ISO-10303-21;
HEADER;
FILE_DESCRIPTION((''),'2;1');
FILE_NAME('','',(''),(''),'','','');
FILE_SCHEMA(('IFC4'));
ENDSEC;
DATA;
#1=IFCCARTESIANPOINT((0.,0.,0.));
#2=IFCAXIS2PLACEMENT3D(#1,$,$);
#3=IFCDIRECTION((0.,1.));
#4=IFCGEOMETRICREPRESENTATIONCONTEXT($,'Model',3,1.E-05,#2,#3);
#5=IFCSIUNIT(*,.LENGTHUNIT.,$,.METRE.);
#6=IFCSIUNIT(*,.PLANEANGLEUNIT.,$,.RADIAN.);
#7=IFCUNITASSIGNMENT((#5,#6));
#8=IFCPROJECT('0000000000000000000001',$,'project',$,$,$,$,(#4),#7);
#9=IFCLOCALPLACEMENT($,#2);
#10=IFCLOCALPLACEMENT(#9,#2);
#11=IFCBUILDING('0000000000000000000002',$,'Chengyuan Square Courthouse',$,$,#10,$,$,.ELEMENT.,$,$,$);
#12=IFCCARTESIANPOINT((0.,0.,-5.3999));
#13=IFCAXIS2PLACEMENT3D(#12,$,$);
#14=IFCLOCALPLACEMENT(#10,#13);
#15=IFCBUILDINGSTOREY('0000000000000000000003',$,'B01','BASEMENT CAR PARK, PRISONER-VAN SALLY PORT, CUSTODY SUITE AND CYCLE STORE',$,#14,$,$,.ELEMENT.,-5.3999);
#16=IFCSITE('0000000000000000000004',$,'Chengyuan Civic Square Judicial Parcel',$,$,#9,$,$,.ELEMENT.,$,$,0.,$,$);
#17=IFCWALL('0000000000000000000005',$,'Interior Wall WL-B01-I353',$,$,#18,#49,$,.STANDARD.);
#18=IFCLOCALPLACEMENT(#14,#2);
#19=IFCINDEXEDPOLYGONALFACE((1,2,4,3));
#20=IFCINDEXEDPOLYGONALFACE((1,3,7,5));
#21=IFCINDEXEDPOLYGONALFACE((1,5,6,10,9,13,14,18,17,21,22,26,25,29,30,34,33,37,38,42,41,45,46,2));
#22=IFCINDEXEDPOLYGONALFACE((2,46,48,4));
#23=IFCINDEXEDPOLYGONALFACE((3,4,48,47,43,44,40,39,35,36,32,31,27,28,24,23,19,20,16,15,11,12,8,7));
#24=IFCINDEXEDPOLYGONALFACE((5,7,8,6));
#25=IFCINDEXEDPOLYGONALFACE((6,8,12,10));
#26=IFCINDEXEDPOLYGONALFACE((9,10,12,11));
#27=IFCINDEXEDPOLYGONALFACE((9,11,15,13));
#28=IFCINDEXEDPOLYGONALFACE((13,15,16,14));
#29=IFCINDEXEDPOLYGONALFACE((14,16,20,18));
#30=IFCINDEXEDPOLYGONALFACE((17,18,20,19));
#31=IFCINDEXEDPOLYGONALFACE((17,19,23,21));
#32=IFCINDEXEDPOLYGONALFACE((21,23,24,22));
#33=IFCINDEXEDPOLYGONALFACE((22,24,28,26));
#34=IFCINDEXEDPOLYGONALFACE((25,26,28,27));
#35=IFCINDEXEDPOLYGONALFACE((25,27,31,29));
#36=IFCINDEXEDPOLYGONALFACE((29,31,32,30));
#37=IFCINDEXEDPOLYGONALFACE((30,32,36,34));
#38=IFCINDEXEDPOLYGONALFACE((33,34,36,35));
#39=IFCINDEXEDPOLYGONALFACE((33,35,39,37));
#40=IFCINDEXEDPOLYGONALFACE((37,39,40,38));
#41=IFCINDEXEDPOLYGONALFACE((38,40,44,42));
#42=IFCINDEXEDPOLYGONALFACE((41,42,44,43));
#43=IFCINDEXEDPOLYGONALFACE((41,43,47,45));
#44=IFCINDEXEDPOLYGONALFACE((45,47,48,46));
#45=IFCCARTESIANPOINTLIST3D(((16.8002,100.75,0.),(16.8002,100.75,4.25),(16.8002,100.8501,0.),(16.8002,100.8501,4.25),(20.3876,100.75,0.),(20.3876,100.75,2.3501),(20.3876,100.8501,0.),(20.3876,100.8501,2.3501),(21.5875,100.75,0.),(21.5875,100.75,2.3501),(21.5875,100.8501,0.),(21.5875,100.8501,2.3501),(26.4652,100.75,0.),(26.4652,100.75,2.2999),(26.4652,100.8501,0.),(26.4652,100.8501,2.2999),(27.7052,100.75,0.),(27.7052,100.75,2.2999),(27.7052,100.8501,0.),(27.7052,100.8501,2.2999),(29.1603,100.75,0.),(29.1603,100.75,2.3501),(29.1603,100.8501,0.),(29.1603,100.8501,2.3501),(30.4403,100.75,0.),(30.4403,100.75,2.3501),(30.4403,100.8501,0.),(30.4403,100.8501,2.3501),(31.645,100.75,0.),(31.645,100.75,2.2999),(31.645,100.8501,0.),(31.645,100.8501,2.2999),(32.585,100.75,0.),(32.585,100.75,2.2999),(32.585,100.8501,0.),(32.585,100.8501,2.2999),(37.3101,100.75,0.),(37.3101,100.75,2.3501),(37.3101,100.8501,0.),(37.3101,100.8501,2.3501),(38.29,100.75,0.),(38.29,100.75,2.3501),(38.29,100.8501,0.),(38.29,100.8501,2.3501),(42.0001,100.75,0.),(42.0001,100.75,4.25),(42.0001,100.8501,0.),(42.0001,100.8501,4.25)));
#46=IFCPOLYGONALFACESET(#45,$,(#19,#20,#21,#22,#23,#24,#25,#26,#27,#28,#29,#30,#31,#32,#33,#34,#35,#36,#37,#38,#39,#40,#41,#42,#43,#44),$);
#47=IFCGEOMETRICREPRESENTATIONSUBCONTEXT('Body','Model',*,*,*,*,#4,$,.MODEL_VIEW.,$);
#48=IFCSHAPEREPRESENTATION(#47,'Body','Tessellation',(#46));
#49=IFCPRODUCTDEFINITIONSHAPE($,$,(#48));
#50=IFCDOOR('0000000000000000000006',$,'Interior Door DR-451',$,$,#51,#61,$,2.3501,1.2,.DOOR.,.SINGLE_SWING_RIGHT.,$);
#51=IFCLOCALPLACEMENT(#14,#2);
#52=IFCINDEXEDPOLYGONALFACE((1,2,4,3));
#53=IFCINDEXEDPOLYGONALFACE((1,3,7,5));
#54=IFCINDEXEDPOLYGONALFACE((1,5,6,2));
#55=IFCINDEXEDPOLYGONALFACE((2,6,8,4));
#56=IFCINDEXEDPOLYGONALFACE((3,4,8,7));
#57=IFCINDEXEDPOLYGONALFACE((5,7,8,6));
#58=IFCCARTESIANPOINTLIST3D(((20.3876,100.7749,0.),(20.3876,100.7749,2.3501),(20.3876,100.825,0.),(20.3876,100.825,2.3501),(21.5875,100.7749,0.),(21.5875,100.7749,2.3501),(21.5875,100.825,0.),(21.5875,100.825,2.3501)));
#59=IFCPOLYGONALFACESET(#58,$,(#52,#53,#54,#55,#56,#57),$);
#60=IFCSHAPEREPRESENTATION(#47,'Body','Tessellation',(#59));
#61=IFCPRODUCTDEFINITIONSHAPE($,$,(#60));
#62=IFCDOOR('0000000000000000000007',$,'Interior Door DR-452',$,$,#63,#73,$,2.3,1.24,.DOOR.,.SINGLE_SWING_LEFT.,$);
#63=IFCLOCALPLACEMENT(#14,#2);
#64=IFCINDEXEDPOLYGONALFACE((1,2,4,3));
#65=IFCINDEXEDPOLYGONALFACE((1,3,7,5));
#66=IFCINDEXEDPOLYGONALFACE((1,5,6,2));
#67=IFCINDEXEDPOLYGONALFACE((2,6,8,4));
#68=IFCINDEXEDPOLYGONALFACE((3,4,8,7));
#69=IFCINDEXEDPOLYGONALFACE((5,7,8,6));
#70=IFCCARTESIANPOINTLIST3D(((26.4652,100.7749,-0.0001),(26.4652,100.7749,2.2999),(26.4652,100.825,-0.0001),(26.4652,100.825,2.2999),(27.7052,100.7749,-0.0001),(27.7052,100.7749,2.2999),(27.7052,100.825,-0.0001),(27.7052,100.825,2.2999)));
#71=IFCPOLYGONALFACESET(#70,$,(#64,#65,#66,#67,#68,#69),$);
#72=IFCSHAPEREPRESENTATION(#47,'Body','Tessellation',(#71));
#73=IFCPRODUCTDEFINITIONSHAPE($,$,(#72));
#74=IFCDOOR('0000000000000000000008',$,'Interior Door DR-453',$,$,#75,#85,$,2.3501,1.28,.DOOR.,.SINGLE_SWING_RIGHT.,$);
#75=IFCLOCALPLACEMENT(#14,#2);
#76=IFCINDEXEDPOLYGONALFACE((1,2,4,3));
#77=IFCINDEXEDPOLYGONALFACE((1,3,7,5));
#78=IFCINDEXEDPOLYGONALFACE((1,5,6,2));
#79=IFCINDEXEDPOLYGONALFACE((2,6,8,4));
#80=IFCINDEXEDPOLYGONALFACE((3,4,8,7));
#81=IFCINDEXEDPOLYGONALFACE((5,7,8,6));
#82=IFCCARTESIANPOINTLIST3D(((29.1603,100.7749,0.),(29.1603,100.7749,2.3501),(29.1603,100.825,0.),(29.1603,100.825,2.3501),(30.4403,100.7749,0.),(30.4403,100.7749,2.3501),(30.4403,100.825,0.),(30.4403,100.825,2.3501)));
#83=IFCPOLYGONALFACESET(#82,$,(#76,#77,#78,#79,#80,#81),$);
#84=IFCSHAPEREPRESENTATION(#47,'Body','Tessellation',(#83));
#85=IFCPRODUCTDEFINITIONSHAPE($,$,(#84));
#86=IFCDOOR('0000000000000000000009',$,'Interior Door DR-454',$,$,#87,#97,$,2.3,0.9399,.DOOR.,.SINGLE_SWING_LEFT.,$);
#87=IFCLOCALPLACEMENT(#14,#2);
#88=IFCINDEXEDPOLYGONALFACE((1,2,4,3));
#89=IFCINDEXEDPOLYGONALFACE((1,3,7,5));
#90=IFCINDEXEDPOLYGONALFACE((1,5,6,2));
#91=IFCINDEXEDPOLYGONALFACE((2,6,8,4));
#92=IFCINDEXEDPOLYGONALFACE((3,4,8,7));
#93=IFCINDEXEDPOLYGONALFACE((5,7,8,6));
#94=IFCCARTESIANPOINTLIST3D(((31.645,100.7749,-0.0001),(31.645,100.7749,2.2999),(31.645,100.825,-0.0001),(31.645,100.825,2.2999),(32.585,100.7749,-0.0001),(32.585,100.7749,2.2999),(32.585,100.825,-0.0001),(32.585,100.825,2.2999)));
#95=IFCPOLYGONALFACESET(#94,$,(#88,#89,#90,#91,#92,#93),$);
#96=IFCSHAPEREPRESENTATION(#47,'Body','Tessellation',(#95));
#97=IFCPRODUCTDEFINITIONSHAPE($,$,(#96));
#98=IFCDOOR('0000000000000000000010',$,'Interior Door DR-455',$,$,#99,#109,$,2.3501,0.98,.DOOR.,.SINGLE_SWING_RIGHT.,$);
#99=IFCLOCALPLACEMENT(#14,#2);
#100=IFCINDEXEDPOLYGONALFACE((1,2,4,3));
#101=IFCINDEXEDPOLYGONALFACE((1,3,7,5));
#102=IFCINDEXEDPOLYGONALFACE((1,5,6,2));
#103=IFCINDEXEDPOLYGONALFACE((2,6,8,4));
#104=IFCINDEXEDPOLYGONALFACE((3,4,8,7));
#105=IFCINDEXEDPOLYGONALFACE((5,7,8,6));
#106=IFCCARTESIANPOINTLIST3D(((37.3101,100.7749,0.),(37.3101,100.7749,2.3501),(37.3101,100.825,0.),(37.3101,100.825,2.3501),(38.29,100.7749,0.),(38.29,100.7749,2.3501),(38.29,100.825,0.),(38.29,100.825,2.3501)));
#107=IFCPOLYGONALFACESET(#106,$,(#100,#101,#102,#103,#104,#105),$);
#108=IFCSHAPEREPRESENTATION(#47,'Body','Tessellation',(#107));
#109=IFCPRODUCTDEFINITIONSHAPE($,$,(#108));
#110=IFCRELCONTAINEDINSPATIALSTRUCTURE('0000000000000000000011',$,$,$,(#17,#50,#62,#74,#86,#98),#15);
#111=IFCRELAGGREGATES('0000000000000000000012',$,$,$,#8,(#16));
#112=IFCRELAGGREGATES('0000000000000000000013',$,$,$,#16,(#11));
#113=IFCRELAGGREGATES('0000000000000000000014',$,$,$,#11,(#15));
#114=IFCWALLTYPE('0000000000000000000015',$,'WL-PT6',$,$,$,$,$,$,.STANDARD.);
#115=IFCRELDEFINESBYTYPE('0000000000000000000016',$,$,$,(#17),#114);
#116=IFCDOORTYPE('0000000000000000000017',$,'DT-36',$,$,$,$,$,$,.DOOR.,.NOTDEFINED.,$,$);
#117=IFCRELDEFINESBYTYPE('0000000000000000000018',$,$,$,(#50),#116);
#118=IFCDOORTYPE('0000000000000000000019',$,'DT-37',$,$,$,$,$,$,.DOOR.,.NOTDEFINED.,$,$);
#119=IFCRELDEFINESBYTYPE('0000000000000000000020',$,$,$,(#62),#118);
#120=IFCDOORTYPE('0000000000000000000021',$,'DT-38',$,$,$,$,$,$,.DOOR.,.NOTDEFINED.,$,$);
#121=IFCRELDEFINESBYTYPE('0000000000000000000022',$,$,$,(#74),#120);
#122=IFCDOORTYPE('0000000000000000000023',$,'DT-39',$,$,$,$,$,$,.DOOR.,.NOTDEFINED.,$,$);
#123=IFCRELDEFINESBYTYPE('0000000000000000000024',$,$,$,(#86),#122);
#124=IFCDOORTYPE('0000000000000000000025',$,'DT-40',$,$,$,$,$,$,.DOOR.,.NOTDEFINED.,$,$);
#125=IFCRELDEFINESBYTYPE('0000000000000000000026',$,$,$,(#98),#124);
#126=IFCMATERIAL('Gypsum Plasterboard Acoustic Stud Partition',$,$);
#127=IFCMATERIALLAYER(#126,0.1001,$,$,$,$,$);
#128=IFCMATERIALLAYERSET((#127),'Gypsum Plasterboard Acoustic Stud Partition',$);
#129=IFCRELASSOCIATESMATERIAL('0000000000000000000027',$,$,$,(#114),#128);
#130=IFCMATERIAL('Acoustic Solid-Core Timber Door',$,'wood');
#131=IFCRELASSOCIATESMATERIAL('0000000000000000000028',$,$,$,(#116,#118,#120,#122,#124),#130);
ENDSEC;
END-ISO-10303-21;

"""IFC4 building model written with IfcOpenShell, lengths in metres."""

from ifc_helpers import new_model, si_unit, direction, frame, frame_2d, origin, place, context, subcontext, project, spatial, rectangle, extrude, material, layer, layer_set, type_object, element, fill, save


model = new_model("IFC4")

# Units and contexts
model_context = context("Model", 3, precision=1e-05, world=origin(), true_north=direction((0.0, 1.0)))
body_context = subcontext(model_context, "Body", "Model", "MODEL_VIEW")
ifc_project = project(units=[si_unit("LENGTHUNIT", "METRE"), si_unit("PLANEANGLEUNIT", "RADIAN")], contexts=[model_context])

# Site, building, storey
site_placement = place(None, origin())
site = spatial("IfcSite", under=ifc_project, at=site_placement, Name="Chengyuan Civic Square Judicial Parcel", CompositionType="ELEMENT", RefElevation=0.0)
building_placement = place(site_placement, origin())
building = spatial("IfcBuilding", under=site, at=building_placement, Name="Chengyuan Square Courthouse", CompositionType="ELEMENT")
storey_placement = place(building_placement, frame((0.0, 0.0, -5.3999)))
storey = spatial("IfcBuildingStorey", under=building, at=storey_placement, Name="B01", Description="BASEMENT CAR PARK, PRISONER-VAN SALLY PORT, CUSTODY SUITE AND CYCLE STORE", CompositionType="ELEMENT", Elevation=-5.3999)

# Wall, openings, doors
ifc_material_1 = material(Name="Gypsum Plasterboard Acoustic Stud Partition")
ifc_layer_1 = layer(ifc_material_1, 0.1001)
ifc_layer_set_1 = layer_set([ifc_layer_1], Name="Gypsum Plasterboard Acoustic Stud Partition")
wall_type_1 = type_object("IfcWallType", Name="WL-PT6", PredefinedType="STANDARD", material=ifc_layer_set_1)
wall_1_placement = place(storey_placement, frame((16.8, 100.8, 0.0), z_axis=(0.0, 0.0, 1.0), x_axis=(1.0, 0.0, 0.0)))
wall_1 = element("IfcWall", 1, at=wall_1_placement, inside=storey, type_object=wall_type_1, Name="Interior Wall WL-B01-I353", PredefinedType="STANDARD", context=body_context, shape_type="SweptSolid", body=[
    extrude(rectangle(XDim=25.2, YDim=0.1001, at=frame_2d((12.6001, 0.0))), origin(), (0.0, 0.0, 1.0), 4.25),
])
opening_1_placement = place(wall_1_placement, frame((3.5874, 0.0, 0.0)))
opening_1 = element("IfcOpeningElement", 2, at=opening_1_placement, cuts=wall_1, PredefinedType="OPENING", context=body_context, shape_type="SweptSolid", body=[
    extrude(rectangle(XDim=1.2, YDim=2.3501, at=frame_2d((0.6001, 1.175))), frame((0.0, 0.062, 0.0), z_axis=(0.0, -1.0, 0.0), x_axis=(1.0, 0.0, 0.0)), (0.0, 0.0, 1.0), 0.124),
])
opening_2_placement = place(wall_1_placement, frame((9.665, 0.0, 0.0)))
opening_2 = element("IfcOpeningElement", 3, at=opening_2_placement, cuts=wall_1, PredefinedType="OPENING", context=body_context, shape_type="SweptSolid", body=[
    extrude(rectangle(XDim=1.24, YDim=2.3, at=frame_2d((0.6201, 1.1499))), frame((0.0, 0.062, 0.0), z_axis=(0.0, -1.0, 0.0), x_axis=(1.0, 0.0, 0.0)), (0.0, 0.0, 1.0), 0.124),
])
opening_3_placement = place(wall_1_placement, frame((12.3601, 0.0, 0.0)))
opening_3 = element("IfcOpeningElement", 4, at=opening_3_placement, cuts=wall_1, PredefinedType="OPENING", context=body_context, shape_type="SweptSolid", body=[
    extrude(rectangle(XDim=1.28, YDim=2.3501, at=frame_2d((0.6401, 1.175))), frame((0.0, 0.062, 0.0), z_axis=(0.0, -1.0, 0.0), x_axis=(1.0, 0.0, 0.0)), (0.0, 0.0, 1.0), 0.124),
])
opening_4_placement = place(wall_1_placement, frame((14.845, 0.0, 0.0)))
opening_4 = element("IfcOpeningElement", 5, at=opening_4_placement, cuts=wall_1, PredefinedType="OPENING", context=body_context, shape_type="SweptSolid", body=[
    extrude(rectangle(XDim=0.9399, YDim=2.3, at=frame_2d((0.47, 1.1499))), frame((0.0, 0.062, 0.0), z_axis=(0.0, -1.0, 0.0), x_axis=(1.0, 0.0, 0.0)), (0.0, 0.0, 1.0), 0.124),
])
opening_5_placement = place(wall_1_placement, frame((20.51, 0.0, 0.0)))
opening_5 = element("IfcOpeningElement", 6, at=opening_5_placement, cuts=wall_1, PredefinedType="OPENING", context=body_context, shape_type="SweptSolid", body=[
    extrude(rectangle(XDim=0.98, YDim=2.3501, at=frame_2d((0.49, 1.175))), frame((0.0, 0.062, 0.0), z_axis=(0.0, -1.0, 0.0), x_axis=(1.0, 0.0, 0.0)), (0.0, 0.0, 1.0), 0.124),
])
ifc_material_2 = material(Name="Acoustic Solid-Core Timber Door", Category="wood")
door_type_1 = type_object("IfcDoorType", Name="DT-36", OperationType="NOTDEFINED", PredefinedType="DOOR", material=ifc_material_2)
door_1_placement = place(opening_1_placement, origin())
door_1 = element("IfcDoor", 7, at=door_1_placement, inside=storey, type_object=door_type_1, Name="Interior Door DR-451", OperationType="SINGLE_SWING_RIGHT", OverallHeight=2.3501, OverallWidth=1.2, PredefinedType="DOOR", context=body_context, shape_type="SweptSolid", body=[
    extrude(rectangle(XDim=1.2, YDim=2.3501, at=frame_2d((0.6001, 1.175))), frame((0.0, 0.0249, 0.0), z_axis=(0.0, -1.0, 0.0), x_axis=(1.0, 0.0, 0.0)), (0.0, 0.0, 1.0), 0.05),
])
fill(opening_1, door_1)
door_type_2 = type_object("IfcDoorType", Name="DT-37", OperationType="NOTDEFINED", PredefinedType="DOOR", material=ifc_material_2)
door_2_placement = place(opening_2_placement, origin())
door_2 = element("IfcDoor", 8, at=door_2_placement, inside=storey, type_object=door_type_2, Name="Interior Door DR-452", OperationType="SINGLE_SWING_LEFT", OverallHeight=2.3, OverallWidth=1.24, PredefinedType="DOOR", context=body_context, shape_type="SweptSolid", body=[
    extrude(rectangle(XDim=1.24, YDim=2.3, at=frame_2d((0.6201, 1.1499))), frame((0.0, 0.0249, 0.0), z_axis=(0.0, -1.0, 0.0), x_axis=(1.0, 0.0, 0.0)), (0.0, 0.0, 1.0), 0.05),
])
fill(opening_2, door_2)
door_type_3 = type_object("IfcDoorType", Name="DT-38", OperationType="NOTDEFINED", PredefinedType="DOOR", material=ifc_material_2)
door_3_placement = place(opening_3_placement, origin())
door_3 = element("IfcDoor", 9, at=door_3_placement, inside=storey, type_object=door_type_3, Name="Interior Door DR-453", OperationType="SINGLE_SWING_RIGHT", OverallHeight=2.3501, OverallWidth=1.28, PredefinedType="DOOR", context=body_context, shape_type="SweptSolid", body=[
    extrude(rectangle(XDim=1.28, YDim=2.3501, at=frame_2d((0.6401, 1.175))), frame((0.0, 0.0249, 0.0), z_axis=(0.0, -1.0, 0.0), x_axis=(1.0, 0.0, 0.0)), (0.0, 0.0, 1.0), 0.05),
])
fill(opening_3, door_3)
door_type_4 = type_object("IfcDoorType", Name="DT-39", OperationType="NOTDEFINED", PredefinedType="DOOR", material=ifc_material_2)
door_4_placement = place(opening_4_placement, origin())
door_4 = element("IfcDoor", 10, at=door_4_placement, inside=storey, type_object=door_type_4, Name="Interior Door DR-454", OperationType="SINGLE_SWING_LEFT", OverallHeight=2.3, OverallWidth=0.9399, PredefinedType="DOOR", context=body_context, shape_type="SweptSolid", body=[
    extrude(rectangle(XDim=0.9399, YDim=2.3, at=frame_2d((0.47, 1.1499))), frame((0.0, 0.0249, 0.0), z_axis=(0.0, -1.0, 0.0), x_axis=(1.0, 0.0, 0.0)), (0.0, 0.0, 1.0), 0.05),
])
fill(opening_4, door_4)
door_type_5 = type_object("IfcDoorType", Name="DT-40", OperationType="NOTDEFINED", PredefinedType="DOOR", material=ifc_material_2)
door_5_placement = place(opening_5_placement, origin())
door_5 = element("IfcDoor", 11, at=door_5_placement, inside=storey, type_object=door_type_5, Name="Interior Door DR-455", OperationType="SINGLE_SWING_RIGHT", OverallHeight=2.3501, OverallWidth=0.98, PredefinedType="DOOR", context=body_context, shape_type="SweptSolid", body=[
    extrude(rectangle(XDim=0.98, YDim=2.3501, at=frame_2d((0.49, 1.175))), frame((0.0, 0.0249, 0.0), z_axis=(0.0, -1.0, 0.0), x_axis=(1.0, 0.0, 0.0)), (0.0, 0.0, 1.0), 0.05),
])
fill(opening_5, door_5)

save(model, "model.ifc")
